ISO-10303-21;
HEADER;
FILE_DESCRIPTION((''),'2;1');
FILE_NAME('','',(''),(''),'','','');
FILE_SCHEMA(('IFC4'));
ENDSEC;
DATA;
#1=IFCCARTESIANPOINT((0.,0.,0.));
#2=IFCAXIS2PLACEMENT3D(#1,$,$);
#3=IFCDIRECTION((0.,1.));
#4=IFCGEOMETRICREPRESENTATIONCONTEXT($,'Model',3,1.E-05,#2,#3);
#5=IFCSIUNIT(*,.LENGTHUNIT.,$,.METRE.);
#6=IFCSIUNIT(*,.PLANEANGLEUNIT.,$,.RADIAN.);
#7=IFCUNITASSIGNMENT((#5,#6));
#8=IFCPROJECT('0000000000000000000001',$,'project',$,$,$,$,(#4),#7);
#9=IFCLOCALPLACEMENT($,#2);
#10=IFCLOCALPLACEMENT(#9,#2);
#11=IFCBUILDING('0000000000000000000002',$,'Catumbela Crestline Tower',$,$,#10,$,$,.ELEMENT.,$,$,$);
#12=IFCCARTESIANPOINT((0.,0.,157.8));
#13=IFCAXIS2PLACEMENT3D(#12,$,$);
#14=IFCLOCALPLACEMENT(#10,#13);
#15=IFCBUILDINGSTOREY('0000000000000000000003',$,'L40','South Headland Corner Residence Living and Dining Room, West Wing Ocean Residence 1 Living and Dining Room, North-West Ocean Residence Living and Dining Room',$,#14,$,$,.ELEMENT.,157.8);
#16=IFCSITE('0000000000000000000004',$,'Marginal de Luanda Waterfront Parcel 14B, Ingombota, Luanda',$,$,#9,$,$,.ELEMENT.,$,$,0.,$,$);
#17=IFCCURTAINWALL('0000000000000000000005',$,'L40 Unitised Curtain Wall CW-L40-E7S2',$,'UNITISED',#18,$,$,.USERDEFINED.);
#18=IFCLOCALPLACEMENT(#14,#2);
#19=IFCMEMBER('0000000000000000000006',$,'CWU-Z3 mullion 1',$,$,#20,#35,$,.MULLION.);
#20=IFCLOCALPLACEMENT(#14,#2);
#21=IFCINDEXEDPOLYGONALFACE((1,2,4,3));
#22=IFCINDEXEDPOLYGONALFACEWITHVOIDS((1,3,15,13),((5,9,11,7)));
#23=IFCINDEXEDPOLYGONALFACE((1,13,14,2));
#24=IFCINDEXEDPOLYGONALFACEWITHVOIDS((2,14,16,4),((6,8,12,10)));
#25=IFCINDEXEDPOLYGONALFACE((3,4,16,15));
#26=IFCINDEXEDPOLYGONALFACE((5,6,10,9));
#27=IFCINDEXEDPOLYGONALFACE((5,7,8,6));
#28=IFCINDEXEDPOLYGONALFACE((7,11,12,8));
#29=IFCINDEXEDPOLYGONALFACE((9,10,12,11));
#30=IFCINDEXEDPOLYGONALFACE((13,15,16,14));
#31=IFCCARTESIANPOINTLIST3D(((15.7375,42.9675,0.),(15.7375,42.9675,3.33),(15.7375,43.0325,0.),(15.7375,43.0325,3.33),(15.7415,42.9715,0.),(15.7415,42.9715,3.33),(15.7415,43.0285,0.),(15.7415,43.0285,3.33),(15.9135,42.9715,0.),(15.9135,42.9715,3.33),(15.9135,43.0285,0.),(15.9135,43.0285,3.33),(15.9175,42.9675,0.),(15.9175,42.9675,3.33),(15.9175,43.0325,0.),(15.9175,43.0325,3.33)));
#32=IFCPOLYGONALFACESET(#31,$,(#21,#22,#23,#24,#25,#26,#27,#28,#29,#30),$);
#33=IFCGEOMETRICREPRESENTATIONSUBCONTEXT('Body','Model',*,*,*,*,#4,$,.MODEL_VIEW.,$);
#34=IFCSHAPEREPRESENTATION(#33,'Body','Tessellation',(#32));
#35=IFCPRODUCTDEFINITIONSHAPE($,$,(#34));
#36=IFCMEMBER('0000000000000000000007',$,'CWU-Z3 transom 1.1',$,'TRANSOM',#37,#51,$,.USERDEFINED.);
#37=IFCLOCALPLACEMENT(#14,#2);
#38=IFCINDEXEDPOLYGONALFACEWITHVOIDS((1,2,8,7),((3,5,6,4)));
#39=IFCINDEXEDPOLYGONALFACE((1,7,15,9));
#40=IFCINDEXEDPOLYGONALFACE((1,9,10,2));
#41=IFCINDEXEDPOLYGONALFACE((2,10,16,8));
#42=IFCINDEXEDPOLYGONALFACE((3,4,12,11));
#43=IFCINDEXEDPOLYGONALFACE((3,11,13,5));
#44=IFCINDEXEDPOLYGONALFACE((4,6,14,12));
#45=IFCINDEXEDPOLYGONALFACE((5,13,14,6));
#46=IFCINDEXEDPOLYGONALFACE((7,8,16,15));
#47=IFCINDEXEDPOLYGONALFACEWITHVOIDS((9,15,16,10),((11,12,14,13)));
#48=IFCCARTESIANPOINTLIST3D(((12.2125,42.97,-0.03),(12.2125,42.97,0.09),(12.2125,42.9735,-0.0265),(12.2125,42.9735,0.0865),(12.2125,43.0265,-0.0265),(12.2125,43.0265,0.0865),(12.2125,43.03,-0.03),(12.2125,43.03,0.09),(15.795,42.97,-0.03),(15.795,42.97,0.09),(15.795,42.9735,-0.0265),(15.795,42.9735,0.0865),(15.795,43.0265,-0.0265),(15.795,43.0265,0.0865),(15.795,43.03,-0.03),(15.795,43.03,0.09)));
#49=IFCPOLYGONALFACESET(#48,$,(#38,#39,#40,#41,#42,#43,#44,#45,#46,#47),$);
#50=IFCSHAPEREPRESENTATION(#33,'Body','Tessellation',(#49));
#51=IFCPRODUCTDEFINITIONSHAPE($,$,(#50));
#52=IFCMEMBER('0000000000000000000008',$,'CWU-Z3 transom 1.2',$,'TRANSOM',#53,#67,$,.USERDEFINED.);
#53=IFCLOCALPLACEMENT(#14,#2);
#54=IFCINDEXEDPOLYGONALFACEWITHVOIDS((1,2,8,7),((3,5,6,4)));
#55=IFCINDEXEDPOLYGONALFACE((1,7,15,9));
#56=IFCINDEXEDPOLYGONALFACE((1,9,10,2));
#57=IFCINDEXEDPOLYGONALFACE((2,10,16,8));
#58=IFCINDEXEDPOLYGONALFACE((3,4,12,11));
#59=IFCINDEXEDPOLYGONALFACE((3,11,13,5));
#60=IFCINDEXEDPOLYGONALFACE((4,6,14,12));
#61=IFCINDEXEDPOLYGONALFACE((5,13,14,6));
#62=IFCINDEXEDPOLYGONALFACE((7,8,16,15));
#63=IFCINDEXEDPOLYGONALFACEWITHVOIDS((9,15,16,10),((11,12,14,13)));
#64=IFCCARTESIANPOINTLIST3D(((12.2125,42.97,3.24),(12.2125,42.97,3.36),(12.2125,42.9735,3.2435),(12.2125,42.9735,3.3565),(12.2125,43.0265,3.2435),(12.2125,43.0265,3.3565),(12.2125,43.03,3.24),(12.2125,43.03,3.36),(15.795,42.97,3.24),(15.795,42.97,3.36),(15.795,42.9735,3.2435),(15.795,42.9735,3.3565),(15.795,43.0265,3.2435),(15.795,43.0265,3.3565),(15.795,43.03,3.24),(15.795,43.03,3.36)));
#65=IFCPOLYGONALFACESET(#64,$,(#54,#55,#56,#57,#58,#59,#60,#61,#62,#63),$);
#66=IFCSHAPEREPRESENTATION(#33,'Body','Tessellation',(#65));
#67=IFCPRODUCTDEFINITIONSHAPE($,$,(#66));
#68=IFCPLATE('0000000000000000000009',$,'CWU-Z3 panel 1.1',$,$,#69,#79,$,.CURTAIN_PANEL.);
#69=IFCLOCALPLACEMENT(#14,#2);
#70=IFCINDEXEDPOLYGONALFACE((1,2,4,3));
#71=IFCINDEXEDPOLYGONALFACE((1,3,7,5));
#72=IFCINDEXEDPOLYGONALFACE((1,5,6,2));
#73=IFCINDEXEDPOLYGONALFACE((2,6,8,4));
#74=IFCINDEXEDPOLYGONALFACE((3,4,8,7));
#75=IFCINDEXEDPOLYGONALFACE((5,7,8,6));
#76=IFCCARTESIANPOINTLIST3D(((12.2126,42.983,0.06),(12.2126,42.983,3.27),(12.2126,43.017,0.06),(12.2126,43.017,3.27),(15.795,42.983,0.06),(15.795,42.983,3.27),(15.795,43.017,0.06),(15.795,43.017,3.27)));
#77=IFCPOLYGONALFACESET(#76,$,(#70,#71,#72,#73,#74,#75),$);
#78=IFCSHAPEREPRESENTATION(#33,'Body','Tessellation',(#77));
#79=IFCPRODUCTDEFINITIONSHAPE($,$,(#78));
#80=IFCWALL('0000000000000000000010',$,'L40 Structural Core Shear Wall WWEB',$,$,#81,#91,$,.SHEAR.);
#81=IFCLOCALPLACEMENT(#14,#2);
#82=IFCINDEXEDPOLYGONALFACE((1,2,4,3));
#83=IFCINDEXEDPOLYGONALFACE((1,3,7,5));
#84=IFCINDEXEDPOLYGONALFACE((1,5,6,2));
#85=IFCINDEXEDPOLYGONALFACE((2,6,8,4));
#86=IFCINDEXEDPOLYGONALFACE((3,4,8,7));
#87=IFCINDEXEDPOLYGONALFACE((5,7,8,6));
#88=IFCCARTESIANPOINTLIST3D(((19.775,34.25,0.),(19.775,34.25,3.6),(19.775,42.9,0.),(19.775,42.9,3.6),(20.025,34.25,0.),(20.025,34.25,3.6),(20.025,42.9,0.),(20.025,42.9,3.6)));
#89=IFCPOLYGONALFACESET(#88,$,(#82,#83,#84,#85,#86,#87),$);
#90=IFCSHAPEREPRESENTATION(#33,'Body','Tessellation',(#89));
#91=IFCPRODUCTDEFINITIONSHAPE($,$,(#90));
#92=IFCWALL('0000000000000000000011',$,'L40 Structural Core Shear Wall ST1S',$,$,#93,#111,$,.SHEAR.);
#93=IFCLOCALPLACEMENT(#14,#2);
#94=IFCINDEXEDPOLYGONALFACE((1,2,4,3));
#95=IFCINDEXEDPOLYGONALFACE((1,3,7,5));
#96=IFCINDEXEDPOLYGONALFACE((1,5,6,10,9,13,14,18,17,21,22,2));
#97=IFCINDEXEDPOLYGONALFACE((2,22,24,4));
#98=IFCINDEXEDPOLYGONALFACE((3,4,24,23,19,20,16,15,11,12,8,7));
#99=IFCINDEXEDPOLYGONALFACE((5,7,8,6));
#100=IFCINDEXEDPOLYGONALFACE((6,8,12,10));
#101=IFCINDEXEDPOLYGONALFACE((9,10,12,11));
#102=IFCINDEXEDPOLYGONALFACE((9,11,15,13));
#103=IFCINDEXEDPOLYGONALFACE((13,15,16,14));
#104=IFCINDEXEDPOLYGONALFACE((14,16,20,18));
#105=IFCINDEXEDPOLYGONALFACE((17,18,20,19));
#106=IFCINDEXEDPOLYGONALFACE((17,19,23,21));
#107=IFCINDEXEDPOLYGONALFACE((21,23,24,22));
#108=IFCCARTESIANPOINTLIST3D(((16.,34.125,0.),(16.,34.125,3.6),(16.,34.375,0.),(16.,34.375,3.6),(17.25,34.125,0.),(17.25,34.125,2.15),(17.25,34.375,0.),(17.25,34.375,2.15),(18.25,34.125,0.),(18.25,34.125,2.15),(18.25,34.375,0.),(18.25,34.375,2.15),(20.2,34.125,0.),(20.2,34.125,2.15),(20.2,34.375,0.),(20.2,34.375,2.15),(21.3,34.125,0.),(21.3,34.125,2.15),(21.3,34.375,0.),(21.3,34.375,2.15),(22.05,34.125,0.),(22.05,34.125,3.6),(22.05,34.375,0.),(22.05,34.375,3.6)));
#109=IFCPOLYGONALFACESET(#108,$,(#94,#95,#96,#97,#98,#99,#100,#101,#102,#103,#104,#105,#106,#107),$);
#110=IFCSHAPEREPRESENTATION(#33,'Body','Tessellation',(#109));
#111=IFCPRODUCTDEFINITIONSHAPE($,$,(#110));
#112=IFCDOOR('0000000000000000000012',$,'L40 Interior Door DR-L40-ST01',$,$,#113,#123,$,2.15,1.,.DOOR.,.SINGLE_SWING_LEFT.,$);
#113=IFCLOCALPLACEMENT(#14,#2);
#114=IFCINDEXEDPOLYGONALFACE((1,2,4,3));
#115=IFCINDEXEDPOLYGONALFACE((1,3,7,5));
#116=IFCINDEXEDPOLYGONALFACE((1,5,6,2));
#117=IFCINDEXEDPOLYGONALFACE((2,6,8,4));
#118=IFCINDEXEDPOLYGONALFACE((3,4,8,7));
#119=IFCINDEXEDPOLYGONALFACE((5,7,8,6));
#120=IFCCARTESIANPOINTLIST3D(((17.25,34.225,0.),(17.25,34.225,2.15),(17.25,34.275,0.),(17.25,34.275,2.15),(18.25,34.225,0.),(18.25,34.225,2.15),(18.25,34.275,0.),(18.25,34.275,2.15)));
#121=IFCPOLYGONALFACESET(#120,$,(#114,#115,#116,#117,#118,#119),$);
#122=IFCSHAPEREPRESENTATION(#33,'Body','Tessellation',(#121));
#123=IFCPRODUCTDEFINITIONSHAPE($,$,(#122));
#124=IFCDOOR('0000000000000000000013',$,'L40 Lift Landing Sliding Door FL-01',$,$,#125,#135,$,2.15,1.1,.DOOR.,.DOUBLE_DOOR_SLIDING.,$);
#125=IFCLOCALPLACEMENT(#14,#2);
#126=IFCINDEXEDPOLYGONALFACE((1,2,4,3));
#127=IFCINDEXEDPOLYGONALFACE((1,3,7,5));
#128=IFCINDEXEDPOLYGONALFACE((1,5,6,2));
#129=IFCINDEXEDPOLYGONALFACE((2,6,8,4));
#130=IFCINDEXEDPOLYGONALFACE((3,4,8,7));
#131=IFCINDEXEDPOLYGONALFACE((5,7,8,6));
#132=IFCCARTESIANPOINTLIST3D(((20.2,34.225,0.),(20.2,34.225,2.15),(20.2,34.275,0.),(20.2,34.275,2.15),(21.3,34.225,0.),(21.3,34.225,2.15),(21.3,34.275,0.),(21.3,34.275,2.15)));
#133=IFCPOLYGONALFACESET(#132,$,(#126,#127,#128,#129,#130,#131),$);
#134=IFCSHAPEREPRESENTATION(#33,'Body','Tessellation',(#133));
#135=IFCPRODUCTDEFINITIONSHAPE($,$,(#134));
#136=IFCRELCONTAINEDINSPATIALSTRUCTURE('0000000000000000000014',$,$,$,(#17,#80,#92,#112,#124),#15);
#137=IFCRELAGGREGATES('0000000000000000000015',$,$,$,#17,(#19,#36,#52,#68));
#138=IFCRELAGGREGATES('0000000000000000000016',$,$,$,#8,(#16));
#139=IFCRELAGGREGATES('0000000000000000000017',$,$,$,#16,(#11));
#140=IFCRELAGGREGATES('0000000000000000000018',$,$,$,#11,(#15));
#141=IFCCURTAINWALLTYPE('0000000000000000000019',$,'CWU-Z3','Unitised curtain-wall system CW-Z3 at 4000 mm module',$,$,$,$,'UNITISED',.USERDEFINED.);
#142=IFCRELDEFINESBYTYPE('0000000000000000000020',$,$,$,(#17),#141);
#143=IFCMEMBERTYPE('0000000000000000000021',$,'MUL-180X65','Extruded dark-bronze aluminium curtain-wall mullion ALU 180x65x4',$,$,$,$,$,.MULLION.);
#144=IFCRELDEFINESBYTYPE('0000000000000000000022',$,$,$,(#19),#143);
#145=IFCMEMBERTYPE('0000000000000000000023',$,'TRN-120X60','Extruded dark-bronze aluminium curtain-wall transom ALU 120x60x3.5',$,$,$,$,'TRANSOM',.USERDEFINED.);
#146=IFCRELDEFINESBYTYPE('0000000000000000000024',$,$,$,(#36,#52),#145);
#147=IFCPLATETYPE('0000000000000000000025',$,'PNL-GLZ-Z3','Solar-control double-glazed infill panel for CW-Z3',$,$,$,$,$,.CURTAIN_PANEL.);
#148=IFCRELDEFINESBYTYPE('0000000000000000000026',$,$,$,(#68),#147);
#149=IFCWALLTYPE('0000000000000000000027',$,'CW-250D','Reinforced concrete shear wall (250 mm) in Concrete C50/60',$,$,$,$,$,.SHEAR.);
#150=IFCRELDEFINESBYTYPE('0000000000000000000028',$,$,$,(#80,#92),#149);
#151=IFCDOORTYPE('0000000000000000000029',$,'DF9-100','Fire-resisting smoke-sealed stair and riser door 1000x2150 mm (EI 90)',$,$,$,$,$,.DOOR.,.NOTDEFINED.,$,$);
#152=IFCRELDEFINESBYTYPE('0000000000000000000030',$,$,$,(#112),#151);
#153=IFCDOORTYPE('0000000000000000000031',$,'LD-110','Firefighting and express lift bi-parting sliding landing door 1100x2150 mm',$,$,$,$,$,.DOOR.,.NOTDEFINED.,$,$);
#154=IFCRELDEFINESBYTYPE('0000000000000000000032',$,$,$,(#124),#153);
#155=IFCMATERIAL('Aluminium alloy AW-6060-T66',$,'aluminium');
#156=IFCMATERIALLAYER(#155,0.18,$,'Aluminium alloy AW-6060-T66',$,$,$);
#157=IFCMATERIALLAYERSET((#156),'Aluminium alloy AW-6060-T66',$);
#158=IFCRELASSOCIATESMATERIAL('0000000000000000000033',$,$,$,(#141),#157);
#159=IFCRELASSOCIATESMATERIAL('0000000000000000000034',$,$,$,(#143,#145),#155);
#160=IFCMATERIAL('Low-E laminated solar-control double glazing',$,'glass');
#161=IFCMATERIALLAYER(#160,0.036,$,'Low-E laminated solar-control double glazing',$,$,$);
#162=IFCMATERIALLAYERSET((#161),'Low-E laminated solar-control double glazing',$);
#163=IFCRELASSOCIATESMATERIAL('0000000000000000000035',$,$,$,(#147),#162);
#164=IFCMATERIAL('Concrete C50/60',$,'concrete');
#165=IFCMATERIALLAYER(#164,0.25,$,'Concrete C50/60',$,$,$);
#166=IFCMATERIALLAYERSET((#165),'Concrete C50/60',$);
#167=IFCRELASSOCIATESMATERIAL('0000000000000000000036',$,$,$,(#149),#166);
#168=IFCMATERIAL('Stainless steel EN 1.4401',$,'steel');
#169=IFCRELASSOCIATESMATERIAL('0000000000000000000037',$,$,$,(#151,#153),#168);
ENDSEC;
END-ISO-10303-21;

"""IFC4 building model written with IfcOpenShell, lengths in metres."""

from ifc_helpers import new_model, si_unit, direction, frame, frame_2d, origin, origin_2d, place, context, subcontext, project, spatial, rectangle, hollow_rectangle, extrude, material, layer, layer_set, material_profile, profile_set, type_object, element, fill, aggregate, save


model = new_model("IFC4")

# Units and contexts
model_context = context("Model", 3, precision=1e-05, world=origin(), true_north=direction((0.0, 1.0)))
body_context = subcontext(model_context, "Body", "Model", "MODEL_VIEW")
ifc_project = project(units=[si_unit("LENGTHUNIT", "METRE"), si_unit("PLANEANGLEUNIT", "RADIAN")], contexts=[model_context])

# Site, building, storey
site_placement = place(None, origin())
site = spatial("IfcSite", under=ifc_project, at=site_placement, Name="Marginal de Luanda Waterfront Parcel 14B, Ingombota, Luanda", CompositionType="ELEMENT", RefElevation=0.0)
building_placement = place(site_placement, origin())
building = spatial("IfcBuilding", under=site, at=building_placement, Name="Catumbela Crestline Tower", CompositionType="ELEMENT")
storey_placement = place(building_placement, frame((0.0, 0.0, 157.8)))
storey = spatial("IfcBuildingStorey", under=building, at=storey_placement, Name="L40", Description="South Headland Corner Residence Living and Dining Room, West Wing Ocean Residence 1 Living and Dining Room, North-West Ocean Residence Living and Dining Room", CompositionType="ELEMENT", Elevation=157.8)

# Curtain wall, members, plate
ifc_material_1 = material(Name="Aluminium alloy AW-6060-T66", Category="aluminium")
ifc_layer_1 = layer(ifc_material_1, 0.18, Name="Aluminium alloy AW-6060-T66")
ifc_layer_set_1 = layer_set([ifc_layer_1], Name="Aluminium alloy AW-6060-T66")
curtain_wall_type = type_object("IfcCurtainWallType", Name="CWU-Z3", Description="Unitised curtain-wall system CW-Z3 at 4000 mm module", ElementType="UNITISED", PredefinedType="USERDEFINED", material=ifc_layer_set_1)
curtain_wall_placement = place(storey_placement, origin())
curtain_wall = element("IfcCurtainWall", 1, at=curtain_wall_placement, inside=storey, type_object=curtain_wall_type, Name="L40 Unitised Curtain Wall CW-L40-E7S2", ObjectType="UNITISED", PredefinedType="USERDEFINED")
ifc_material_profile_1 = material_profile(ifc_material_1, hollow_rectangle(XDim=0.065, YDim=0.18, WallThickness=0.004, at=origin_2d()), Name="ALU 180x65x4")
ifc_profile_set_1 = profile_set([ifc_material_profile_1], Name="Aluminium alloy AW-6060-T66")
member_type_1 = type_object("IfcMemberType", Name="MUL-180X65", Description="Extruded dark-bronze aluminium curtain-wall mullion ALU 180x65x4", PredefinedType="MULLION", material=ifc_profile_set_1)
member_1_placement = place(storey_placement, frame((15.8275, 43.0, 0.0), z_axis=(0.0, 0.0, 1.0), x_axis=(0.0, -1.0, 0.0)))
member_1 = element("IfcMember", 2, at=member_1_placement, type_object=member_type_1, Name="CWU-Z3 mullion 1", PredefinedType="MULLION", context=body_context, shape_type="SweptSolid", body=[
    extrude(hollow_rectangle(XDim=0.065, YDim=0.18, WallThickness=0.004, at=origin_2d()), origin(), (0.0, 0.0, 1.0), 3.33),
])
ifc_material_profile_2 = material_profile(ifc_material_1, hollow_rectangle(XDim=0.06, YDim=0.12, WallThickness=0.0035, at=origin_2d()), Name="ALU 120x60x3.5")
ifc_profile_set_2 = profile_set([ifc_material_profile_2], Name="Aluminium alloy AW-6060-T66")
member_type_2 = type_object("IfcMemberType", Name="TRN-120X60", Description="Extruded dark-bronze aluminium curtain-wall transom ALU 120x60x3.5", ElementType="TRANSOM", PredefinedType="USERDEFINED", material=ifc_profile_set_2)
member_2_placement = place(storey_placement, frame((15.795, 43.0, 0.03), z_axis=(-1.0, 0.0, 0.0), x_axis=(0.0, -1.0, 0.0)))
member_2 = element("IfcMember", 3, at=member_2_placement, type_object=member_type_2, Name="CWU-Z3 transom 1.1", ObjectType="TRANSOM", PredefinedType="USERDEFINED", context=body_context, shape_type="SweptSolid", body=[
    extrude(hollow_rectangle(XDim=0.06, YDim=0.12, WallThickness=0.0035, at=origin_2d()), origin(), (0.0, 0.0, 1.0), 3.5825),
])
member_3_placement = place(storey_placement, frame((15.795, 43.0, 3.3), z_axis=(-1.0, 0.0, 0.0), x_axis=(0.0, -1.0, 0.0)))
member_3 = element("IfcMember", 4, at=member_3_placement, type_object=member_type_2, Name="CWU-Z3 transom 1.2", ObjectType="TRANSOM", PredefinedType="USERDEFINED", context=body_context, shape_type="SweptSolid", body=[
    extrude(hollow_rectangle(XDim=0.06, YDim=0.12, WallThickness=0.0035, at=origin_2d()), origin(), (0.0, 0.0, 1.0), 3.5825),
])
ifc_material_2 = material(Name="Low-E laminated solar-control double glazing", Category="glass")
ifc_layer_2 = layer(ifc_material_2, 0.036, Name="Low-E laminated solar-control double glazing")
ifc_layer_set_2 = layer_set([ifc_layer_2], Name="Low-E laminated solar-control double glazing")
plate_type = type_object("IfcPlateType", Name="PNL-GLZ-Z3", Description="Solar-control double-glazed infill panel for CW-Z3", PredefinedType="CURTAIN_PANEL", material=ifc_layer_set_2)
plate_placement = place(storey_placement, frame((14.0038, 43.0, 0.06), z_axis=(0.0, 0.0, 1.0), x_axis=(-1.0, 0.0, 0.0)))
plate = element("IfcPlate", 5, at=plate_placement, type_object=plate_type, Name="CWU-Z3 panel 1.1", PredefinedType="CURTAIN_PANEL", context=body_context, shape_type="SweptSolid", body=[
    extrude(rectangle(XDim=3.5825, YDim=0.034, at=origin_2d()), origin(), (0.0, 0.0, 1.0), 3.21),
])
aggregate(curtain_wall, [member_1, member_2, member_3, plate])

# Wall
ifc_material_3 = material(Name="Concrete C50/60", Category="concrete")
ifc_layer_3 = layer(ifc_material_3, 0.25, Name="Concrete C50/60")
ifc_layer_set_3 = layer_set([ifc_layer_3], Name="Concrete C50/60")
wall_type_1 = type_object("IfcWallType", Name="CW-250D", Description="Reinforced concrete shear wall (250 mm) in Concrete C50/60", PredefinedType="SHEAR", material=ifc_layer_set_3)
wall_1_placement = place(storey_placement, frame((19.9, 34.25, 0.0), z_axis=(0.0, 0.0, 1.0), x_axis=(0.0, 1.0, 0.0)))
element("IfcWall", 6, at=wall_1_placement, inside=storey, type_object=wall_type_1, Name="L40 Structural Core Shear Wall WWEB", PredefinedType="SHEAR", context=body_context, shape_type="SweptSolid", body=[
    extrude(rectangle(XDim=8.65, YDim=0.25, at=frame_2d((4.325, 0.0))), origin(), (0.0, 0.0, 1.0), 3.6),
])

# Wall, openings, doors
wall_2_placement = place(storey_placement, frame((16.0, 34.25, 0.0), z_axis=(0.0, 0.0, 1.0), x_axis=(1.0, 0.0, 0.0)))
wall_2 = element("IfcWall", 7, at=wall_2_placement, inside=storey, type_object=wall_type_1, Name="L40 Structural Core Shear Wall ST1S", PredefinedType="SHEAR", context=body_context, shape_type="SweptSolid", body=[
    extrude(rectangle(XDim=6.05, YDim=0.25, at=frame_2d((3.025, 0.0))), origin(), (0.0, 0.0, 1.0), 3.6),
])
opening_1_placement = place(wall_2_placement, frame((1.25, 0.0, 0.0)))
opening_1 = element("IfcOpeningElement", 8, at=opening_1_placement, cuts=wall_2, PredefinedType="OPENING", context=body_context, shape_type="SweptSolid", body=[
    extrude(rectangle(XDim=1.0, YDim=2.15, at=frame_2d((0.5, 1.075))), frame((0.0, 0.135, 0.0), z_axis=(0.0, -1.0, 0.0), x_axis=(1.0, 0.0, 0.0)), (0.0, 0.0, 1.0), 0.27),
])
opening_2_placement = place(wall_2_placement, frame((4.2, 0.0, 0.0)))
opening_2 = element("IfcOpeningElement", 9, at=opening_2_placement, cuts=wall_2, PredefinedType="OPENING", context=body_context, shape_type="SweptSolid", body=[
    extrude(rectangle(XDim=1.1, YDim=2.15, at=frame_2d((0.55, 1.075))), frame((0.0, 0.135, 0.0), z_axis=(0.0, -1.0, 0.0), x_axis=(1.0, 0.0, 0.0)), (0.0, 0.0, 1.0), 0.27),
])
ifc_material_4 = material(Name="Stainless steel EN 1.4401", Category="steel")
door_type_1 = type_object("IfcDoorType", Name="DF9-100", Description="Fire-resisting smoke-sealed stair and riser door 1000x2150 mm (EI 90)", OperationType="NOTDEFINED", PredefinedType="DOOR", material=ifc_material_4)
door_1_placement = place(opening_1_placement, origin())
door_1 = element("IfcDoor", 10, at=door_1_placement, inside=storey, type_object=door_type_1, Name="L40 Interior Door DR-L40-ST01", OperationType="SINGLE_SWING_LEFT", OverallHeight=2.15, OverallWidth=1.0, PredefinedType="DOOR", context=body_context, shape_type="SweptSolid", body=[
    extrude(rectangle(XDim=1.0, YDim=2.15, at=frame_2d((0.5, 1.075))), frame((0.0, 0.025, 0.0), z_axis=(0.0, -1.0, 0.0), x_axis=(1.0, 0.0, 0.0)), (0.0, 0.0, 1.0), 0.05),
])
fill(opening_1, door_1)
door_type_2 = type_object("IfcDoorType", Name="LD-110", Description="Firefighting and express lift bi-parting sliding landing door 1100x2150 mm", OperationType="NOTDEFINED", PredefinedType="DOOR", material=ifc_material_4)
door_2_placement = place(opening_2_placement, origin())
door_2 = element("IfcDoor", 11, at=door_2_placement, inside=storey, type_object=door_type_2, Name="L40 Lift Landing Sliding Door FL-01", OperationType="DOUBLE_DOOR_SLIDING", OverallHeight=2.15, OverallWidth=1.1, PredefinedType="DOOR", context=body_context, shape_type="SweptSolid", body=[
    extrude(rectangle(XDim=1.1, YDim=2.15, at=frame_2d((0.55, 1.075))), frame((0.0, 0.025, 0.0), z_axis=(0.0, -1.0, 0.0), x_axis=(1.0, 0.0, 0.0)), (0.0, 0.0, 1.0), 0.05),
])
fill(opening_2, door_2)

save(model, "model.ifc")
